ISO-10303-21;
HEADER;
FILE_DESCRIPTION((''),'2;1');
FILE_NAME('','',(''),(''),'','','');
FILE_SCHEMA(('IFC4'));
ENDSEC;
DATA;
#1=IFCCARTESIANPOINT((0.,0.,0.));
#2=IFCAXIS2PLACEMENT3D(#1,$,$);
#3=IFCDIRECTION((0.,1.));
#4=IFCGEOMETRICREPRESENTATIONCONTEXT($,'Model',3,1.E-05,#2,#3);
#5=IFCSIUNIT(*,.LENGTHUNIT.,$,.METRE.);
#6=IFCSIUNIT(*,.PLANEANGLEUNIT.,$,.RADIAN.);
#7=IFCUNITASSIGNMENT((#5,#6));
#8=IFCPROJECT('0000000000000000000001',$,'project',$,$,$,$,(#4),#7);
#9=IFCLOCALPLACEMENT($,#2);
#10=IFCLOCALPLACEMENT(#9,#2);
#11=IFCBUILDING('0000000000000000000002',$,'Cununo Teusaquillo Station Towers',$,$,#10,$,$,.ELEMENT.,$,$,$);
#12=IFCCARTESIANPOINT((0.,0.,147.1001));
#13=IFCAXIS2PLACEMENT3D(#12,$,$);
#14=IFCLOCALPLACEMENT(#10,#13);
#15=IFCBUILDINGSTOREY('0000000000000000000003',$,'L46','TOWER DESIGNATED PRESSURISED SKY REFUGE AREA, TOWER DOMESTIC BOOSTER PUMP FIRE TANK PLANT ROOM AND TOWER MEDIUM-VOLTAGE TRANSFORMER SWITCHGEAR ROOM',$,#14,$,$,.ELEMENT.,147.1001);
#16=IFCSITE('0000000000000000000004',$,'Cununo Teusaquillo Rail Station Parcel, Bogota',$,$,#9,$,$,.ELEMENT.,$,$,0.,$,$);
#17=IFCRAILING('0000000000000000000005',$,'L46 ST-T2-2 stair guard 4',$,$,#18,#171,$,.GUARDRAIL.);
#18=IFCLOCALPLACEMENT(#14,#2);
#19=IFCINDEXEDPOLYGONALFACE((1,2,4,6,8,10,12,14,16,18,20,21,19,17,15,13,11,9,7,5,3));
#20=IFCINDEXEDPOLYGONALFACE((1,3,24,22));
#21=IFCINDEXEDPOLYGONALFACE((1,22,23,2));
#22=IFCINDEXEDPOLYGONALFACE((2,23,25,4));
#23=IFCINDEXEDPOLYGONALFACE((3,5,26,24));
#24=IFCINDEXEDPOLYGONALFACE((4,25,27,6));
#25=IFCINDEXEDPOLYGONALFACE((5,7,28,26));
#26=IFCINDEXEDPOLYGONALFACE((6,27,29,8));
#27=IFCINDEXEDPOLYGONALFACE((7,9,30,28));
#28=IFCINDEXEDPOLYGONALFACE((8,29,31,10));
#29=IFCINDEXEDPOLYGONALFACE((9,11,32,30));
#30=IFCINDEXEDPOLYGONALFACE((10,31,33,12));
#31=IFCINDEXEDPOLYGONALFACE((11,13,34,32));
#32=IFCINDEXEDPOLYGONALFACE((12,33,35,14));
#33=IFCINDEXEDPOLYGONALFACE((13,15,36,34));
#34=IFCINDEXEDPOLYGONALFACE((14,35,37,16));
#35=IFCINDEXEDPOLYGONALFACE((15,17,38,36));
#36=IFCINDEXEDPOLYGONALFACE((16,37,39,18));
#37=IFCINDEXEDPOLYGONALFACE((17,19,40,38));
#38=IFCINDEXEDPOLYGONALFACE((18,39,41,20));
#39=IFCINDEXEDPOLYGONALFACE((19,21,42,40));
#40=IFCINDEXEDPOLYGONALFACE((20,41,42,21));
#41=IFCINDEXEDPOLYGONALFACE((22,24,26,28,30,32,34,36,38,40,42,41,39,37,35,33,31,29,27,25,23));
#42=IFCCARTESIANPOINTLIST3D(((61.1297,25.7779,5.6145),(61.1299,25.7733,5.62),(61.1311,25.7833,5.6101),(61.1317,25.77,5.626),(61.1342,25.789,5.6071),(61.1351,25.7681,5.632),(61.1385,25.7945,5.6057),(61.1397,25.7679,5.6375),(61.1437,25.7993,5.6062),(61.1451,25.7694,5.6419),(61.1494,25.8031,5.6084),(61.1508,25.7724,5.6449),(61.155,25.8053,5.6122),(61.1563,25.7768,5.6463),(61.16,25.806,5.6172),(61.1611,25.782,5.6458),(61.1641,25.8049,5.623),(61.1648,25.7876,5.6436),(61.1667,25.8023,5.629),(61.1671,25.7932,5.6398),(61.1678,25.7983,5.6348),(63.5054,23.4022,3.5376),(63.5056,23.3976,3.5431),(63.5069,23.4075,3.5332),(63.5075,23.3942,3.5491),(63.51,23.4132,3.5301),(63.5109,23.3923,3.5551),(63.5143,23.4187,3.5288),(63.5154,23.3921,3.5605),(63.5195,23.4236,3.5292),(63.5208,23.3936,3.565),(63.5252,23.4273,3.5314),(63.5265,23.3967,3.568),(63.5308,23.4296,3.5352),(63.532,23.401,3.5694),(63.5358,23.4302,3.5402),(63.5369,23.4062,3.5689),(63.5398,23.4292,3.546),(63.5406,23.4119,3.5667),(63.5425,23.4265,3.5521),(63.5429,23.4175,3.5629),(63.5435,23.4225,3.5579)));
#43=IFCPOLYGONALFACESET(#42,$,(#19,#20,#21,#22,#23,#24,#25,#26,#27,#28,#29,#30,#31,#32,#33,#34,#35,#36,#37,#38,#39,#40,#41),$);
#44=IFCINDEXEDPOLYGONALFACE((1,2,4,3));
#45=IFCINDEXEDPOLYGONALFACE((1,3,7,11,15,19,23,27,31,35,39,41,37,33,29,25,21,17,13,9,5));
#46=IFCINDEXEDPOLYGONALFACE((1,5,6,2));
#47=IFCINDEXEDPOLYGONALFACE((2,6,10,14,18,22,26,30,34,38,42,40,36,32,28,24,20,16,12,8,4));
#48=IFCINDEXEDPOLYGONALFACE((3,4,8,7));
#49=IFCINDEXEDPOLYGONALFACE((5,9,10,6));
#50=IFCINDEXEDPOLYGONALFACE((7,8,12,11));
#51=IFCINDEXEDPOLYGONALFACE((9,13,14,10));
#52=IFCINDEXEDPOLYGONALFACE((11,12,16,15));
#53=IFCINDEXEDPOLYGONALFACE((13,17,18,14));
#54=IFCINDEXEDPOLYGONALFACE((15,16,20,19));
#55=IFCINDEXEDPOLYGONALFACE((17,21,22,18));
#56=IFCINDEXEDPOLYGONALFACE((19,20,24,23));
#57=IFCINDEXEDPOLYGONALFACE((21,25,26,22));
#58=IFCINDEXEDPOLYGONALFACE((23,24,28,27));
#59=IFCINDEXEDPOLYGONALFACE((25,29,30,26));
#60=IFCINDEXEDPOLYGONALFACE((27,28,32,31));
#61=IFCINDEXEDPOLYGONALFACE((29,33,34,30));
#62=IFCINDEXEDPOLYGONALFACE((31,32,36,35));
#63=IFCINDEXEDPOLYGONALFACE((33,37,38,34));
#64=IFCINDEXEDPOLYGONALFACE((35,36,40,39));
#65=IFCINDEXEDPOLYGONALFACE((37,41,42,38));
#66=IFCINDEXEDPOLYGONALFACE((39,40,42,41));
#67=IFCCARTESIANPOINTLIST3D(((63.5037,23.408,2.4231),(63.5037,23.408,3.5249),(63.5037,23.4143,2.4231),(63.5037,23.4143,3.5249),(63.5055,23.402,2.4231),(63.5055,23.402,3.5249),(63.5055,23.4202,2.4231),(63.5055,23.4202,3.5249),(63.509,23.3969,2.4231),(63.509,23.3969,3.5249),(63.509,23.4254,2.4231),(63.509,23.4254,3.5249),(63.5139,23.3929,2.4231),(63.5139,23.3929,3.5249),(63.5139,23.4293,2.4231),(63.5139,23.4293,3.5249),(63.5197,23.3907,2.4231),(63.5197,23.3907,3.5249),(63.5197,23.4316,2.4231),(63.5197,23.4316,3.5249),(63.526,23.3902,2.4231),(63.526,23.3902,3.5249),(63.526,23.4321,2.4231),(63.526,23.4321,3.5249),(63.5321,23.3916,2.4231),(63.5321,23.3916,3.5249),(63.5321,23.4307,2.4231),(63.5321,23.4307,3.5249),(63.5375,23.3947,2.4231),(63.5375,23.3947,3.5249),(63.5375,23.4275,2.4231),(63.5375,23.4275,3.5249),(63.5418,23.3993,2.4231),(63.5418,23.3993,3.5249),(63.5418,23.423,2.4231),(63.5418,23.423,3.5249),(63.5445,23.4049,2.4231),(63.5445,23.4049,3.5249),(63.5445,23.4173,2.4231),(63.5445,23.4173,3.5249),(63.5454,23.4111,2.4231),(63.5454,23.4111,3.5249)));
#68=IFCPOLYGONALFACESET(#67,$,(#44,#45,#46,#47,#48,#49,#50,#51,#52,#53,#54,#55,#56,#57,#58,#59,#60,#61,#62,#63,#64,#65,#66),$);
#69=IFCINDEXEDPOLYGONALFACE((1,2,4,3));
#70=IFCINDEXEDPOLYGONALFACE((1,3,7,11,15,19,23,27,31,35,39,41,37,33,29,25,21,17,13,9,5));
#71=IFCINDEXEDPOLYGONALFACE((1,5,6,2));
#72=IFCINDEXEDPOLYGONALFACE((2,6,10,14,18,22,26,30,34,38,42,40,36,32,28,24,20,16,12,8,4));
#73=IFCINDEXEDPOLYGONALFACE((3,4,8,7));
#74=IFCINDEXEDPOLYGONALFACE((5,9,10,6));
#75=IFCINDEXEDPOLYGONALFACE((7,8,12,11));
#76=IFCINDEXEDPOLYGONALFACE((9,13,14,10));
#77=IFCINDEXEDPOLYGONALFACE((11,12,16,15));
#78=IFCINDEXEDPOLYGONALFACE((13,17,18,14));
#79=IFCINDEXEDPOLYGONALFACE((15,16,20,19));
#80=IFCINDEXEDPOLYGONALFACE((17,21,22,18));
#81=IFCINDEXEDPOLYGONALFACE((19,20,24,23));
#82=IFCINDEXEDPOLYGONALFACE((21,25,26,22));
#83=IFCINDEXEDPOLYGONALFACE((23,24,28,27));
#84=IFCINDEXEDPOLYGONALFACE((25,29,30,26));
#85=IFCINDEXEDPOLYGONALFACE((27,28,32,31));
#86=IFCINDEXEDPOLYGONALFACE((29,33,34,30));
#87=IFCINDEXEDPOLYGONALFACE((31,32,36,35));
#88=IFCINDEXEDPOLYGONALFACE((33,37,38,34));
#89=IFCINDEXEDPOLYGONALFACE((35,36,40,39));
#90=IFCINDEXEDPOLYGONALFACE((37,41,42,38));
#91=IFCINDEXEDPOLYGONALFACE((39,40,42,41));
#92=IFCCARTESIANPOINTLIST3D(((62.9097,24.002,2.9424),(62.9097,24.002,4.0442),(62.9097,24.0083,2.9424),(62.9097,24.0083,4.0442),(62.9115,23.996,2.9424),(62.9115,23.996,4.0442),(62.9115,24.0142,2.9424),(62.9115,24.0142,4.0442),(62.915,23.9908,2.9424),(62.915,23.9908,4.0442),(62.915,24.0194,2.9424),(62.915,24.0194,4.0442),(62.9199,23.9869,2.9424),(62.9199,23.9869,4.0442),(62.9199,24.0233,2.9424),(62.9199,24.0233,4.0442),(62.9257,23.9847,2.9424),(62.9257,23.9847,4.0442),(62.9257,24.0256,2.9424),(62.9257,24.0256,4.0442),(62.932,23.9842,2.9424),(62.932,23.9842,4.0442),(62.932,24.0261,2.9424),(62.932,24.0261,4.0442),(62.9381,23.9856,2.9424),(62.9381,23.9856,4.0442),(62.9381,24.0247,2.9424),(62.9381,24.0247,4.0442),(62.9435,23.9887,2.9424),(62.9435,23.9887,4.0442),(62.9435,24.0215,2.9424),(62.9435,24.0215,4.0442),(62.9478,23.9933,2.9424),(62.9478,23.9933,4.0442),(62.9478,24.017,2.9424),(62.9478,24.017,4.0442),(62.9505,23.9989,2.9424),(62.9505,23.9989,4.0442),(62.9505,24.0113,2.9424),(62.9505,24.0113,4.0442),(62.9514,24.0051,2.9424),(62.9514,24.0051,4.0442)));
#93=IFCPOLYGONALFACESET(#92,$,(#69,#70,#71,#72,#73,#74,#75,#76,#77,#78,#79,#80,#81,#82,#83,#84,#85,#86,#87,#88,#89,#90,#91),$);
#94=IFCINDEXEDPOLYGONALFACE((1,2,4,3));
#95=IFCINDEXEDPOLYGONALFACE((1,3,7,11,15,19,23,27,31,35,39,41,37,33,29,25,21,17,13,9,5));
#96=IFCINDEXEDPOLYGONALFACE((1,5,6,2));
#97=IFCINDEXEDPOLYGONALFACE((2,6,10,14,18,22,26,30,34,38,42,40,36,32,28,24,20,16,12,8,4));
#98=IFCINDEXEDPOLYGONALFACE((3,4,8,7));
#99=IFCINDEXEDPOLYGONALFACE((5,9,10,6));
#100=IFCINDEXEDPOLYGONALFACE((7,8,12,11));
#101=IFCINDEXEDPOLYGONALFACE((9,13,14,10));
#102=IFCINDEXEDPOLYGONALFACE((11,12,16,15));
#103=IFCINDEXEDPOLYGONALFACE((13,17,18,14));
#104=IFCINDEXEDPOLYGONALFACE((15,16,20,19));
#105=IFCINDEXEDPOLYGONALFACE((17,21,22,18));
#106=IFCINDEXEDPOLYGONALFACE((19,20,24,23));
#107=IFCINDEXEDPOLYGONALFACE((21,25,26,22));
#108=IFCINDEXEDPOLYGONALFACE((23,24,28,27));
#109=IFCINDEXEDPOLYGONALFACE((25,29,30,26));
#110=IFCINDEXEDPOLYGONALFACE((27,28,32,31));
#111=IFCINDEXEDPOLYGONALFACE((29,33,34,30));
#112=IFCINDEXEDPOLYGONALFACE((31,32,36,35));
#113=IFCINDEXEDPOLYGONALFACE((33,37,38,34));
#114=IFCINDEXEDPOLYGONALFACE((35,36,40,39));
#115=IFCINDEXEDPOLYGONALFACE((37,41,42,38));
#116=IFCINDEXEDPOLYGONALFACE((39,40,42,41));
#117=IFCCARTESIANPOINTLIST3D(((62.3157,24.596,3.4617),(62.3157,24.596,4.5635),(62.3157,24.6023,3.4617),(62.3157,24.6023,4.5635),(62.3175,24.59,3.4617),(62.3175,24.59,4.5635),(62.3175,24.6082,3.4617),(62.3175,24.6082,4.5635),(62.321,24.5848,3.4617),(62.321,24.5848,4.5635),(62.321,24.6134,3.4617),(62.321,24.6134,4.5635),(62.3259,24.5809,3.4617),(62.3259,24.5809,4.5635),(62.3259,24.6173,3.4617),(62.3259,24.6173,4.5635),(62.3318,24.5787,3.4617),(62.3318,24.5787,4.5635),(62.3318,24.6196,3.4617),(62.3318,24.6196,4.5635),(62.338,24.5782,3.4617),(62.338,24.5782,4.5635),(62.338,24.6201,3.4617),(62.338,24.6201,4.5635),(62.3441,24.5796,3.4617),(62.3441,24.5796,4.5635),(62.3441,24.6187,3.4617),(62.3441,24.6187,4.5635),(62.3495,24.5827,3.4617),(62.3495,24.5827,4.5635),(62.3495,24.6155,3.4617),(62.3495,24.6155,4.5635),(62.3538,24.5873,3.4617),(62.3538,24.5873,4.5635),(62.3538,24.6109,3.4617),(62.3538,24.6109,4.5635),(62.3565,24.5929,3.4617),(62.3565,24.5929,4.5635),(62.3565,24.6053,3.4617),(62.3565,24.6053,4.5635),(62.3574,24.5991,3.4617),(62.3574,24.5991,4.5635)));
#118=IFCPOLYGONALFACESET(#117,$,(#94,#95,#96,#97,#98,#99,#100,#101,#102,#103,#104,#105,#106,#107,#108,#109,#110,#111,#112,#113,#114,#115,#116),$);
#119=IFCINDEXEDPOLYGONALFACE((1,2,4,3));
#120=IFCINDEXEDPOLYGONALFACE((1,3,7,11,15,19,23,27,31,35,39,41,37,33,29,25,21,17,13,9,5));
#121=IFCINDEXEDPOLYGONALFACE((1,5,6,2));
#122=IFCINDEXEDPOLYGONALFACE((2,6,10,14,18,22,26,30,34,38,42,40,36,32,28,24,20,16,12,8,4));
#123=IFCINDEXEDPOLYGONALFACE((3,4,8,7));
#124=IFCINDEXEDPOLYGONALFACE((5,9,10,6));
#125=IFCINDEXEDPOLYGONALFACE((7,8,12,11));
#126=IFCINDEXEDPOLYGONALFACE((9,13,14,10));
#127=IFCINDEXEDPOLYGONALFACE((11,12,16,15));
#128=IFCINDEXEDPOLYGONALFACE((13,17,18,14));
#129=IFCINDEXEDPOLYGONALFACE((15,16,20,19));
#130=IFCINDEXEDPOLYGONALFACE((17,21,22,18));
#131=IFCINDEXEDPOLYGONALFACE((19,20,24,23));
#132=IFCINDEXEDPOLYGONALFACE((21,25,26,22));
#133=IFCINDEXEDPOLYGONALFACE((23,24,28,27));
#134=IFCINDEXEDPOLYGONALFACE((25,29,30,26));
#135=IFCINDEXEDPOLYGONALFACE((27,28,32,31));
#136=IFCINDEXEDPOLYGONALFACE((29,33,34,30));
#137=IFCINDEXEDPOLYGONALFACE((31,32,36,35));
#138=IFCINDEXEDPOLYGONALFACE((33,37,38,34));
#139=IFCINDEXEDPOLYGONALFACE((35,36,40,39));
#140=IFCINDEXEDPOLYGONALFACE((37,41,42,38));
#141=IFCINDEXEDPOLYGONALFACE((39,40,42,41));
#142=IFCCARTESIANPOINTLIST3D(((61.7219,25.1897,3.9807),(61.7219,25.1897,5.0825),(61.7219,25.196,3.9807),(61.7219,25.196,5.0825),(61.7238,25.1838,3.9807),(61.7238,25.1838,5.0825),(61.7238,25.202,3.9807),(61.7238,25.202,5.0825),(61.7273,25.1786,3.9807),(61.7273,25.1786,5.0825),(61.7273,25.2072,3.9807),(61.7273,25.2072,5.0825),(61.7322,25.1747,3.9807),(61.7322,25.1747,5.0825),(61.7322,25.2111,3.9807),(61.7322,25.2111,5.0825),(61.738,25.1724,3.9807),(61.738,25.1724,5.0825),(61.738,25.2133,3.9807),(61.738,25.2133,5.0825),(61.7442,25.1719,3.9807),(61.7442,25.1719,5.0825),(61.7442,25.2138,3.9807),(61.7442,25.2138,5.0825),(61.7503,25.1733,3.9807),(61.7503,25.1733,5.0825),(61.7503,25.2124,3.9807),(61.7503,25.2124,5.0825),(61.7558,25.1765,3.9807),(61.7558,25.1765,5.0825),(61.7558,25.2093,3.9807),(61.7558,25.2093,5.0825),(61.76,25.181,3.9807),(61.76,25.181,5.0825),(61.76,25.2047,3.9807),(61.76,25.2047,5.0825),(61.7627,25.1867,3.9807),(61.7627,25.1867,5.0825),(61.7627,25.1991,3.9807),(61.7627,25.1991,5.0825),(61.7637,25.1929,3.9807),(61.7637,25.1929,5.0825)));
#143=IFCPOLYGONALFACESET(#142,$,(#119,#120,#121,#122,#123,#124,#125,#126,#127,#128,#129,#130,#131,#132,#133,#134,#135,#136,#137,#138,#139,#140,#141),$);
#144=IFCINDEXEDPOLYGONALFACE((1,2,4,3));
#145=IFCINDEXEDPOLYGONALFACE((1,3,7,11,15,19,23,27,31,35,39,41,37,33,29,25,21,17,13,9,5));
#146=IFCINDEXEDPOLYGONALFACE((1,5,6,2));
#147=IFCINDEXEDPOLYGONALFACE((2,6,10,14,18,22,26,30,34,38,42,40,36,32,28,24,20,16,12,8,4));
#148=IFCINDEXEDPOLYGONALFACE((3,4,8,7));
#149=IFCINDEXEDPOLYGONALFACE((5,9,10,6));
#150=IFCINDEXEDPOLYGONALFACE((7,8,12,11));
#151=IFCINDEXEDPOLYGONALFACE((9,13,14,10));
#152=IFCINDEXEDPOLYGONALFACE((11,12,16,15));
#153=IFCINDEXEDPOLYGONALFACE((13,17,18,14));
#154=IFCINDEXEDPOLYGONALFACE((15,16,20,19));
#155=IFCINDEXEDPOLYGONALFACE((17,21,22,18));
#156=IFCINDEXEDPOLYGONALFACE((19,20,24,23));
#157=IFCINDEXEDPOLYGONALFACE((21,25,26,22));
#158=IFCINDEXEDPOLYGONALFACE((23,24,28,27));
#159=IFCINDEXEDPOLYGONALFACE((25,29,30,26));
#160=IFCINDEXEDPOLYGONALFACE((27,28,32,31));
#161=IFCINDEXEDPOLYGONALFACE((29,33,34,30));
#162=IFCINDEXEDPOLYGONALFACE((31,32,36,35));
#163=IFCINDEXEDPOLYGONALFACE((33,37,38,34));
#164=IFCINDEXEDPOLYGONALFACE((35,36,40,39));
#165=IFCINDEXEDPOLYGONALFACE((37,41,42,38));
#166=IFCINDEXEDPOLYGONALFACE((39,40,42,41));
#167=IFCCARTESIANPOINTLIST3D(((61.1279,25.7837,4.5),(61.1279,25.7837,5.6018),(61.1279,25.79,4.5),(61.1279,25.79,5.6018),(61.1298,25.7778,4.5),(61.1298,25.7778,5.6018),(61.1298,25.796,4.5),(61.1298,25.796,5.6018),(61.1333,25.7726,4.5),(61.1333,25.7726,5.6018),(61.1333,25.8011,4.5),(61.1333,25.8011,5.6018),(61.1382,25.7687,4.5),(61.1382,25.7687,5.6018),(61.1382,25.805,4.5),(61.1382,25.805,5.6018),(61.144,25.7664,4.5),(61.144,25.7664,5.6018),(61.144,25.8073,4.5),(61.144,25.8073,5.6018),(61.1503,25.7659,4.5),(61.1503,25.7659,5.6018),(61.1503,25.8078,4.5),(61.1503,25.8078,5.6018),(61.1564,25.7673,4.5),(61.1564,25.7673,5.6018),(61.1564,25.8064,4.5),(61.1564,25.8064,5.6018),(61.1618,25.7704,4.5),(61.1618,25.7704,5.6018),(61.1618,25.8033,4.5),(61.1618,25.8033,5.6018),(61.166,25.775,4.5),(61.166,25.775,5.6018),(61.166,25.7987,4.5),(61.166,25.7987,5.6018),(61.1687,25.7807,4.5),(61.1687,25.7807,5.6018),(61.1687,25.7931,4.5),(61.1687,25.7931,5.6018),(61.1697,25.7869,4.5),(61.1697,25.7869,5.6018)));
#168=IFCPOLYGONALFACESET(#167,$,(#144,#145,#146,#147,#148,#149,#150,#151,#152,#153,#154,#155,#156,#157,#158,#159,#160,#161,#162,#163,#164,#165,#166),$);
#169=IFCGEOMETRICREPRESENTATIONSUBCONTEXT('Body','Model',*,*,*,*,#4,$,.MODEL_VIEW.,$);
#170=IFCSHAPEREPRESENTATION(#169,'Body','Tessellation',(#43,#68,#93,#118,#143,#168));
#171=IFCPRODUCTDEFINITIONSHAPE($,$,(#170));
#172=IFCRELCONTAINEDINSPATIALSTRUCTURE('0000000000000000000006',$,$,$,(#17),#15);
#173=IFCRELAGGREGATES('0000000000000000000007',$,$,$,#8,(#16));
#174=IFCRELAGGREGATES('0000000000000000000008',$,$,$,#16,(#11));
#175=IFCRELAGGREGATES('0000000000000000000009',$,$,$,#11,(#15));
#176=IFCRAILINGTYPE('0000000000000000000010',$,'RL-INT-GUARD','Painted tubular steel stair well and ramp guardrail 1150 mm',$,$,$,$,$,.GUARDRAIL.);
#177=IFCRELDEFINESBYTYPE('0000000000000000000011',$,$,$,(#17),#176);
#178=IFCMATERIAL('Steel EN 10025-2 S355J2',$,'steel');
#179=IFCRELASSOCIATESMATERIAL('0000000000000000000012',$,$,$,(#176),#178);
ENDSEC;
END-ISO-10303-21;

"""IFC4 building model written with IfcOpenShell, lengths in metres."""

from ifc_helpers import new_model, si_unit, direction, frame, origin, origin_2d, place, context, subcontext, project, spatial, circle, extrude, material, type_object, element, save


model = new_model("IFC4")

# Units and contexts
model_context = context("Model", 3, precision=1e-05, world=origin(), true_north=direction((0.0, 1.0)))
body_context = subcontext(model_context, "Body", "Model", "MODEL_VIEW")
ifc_project = project(units=[si_unit("LENGTHUNIT", "METRE"), si_unit("PLANEANGLEUNIT", "RADIAN")], contexts=[model_context])

# Site, building, storey
site_placement = place(None, origin())
site = spatial("IfcSite", under=ifc_project, at=site_placement, Name="Cununo Teusaquillo Rail Station Parcel, Bogota", CompositionType="ELEMENT", RefElevation=0.0)
building_placement = place(site_placement, origin())
building = spatial("IfcBuilding", under=site, at=building_placement, Name="Cununo Teusaquillo Station Towers", CompositionType="ELEMENT")
storey_placement = place(building_placement, frame((0.0, 0.0, 147.1001)))
storey = spatial("IfcBuildingStorey", under=building, at=storey_placement, Name="L46", Description="TOWER DESIGNATED PRESSURISED SKY REFUGE AREA, TOWER DOMESTIC BOOSTER PUMP FIRE TANK PLANT ROOM AND TOWER MEDIUM-VOLTAGE TRANSFORMER SWITCHGEAR ROOM", CompositionType="ELEMENT", Elevation=147.1001)

# Railing
ifc_material_1 = material(Name="Steel EN 10025-2 S355J2", Category="steel")
railing_type_1 = type_object("IfcRailingType", Name="RL-INT-GUARD", Description="Painted tubular steel stair well and ramp guardrail 1150 mm", PredefinedType="GUARDRAIL", material=ifc_material_1)
railing_1_placement = place(storey_placement, frame((63.5244, 23.4111, 2.4231)))
element("IfcRailing", 1, at=railing_1_placement, inside=storey, type_object=railing_type_1, Name="L46 ST-T2-2 stair guard 4", PredefinedType="GUARDRAIL", context=body_context, shape_type="SweptSolid", body=[
    extrude(circle(Radius=0.0239, at=origin_2d()), frame((0.0, 0.0, 1.126), z_axis=(-0.601466, 0.601466, 0.525811), x_axis=(-0.707107, -0.707107, 0.0)), (0.0, 0.0, 1.0), 3.95),
    extrude(circle(Radius=0.021, at=origin_2d()), origin(), (0.0, 0.0, 1.0), 1.1018),
    extrude(circle(Radius=0.021, at=origin_2d()), frame((-0.594, 0.594, 0.5193)), (0.0, 0.0, 1.0), 1.1018),
    extrude(circle(Radius=0.021, at=origin_2d()), frame((-1.188, 1.188, 1.0386)), (0.0, 0.0, 1.0), 1.1018),
    extrude(circle(Radius=0.021, at=origin_2d()), frame((-1.7817, 1.7817, 1.5576)), (0.0, 0.0, 1.0), 1.1018),
    extrude(circle(Radius=0.021, at=origin_2d()), frame((-2.3757, 2.3757, 2.0769)), (0.0, 0.0, 1.0), 1.1018),
])

save(model, "model.ifc")
